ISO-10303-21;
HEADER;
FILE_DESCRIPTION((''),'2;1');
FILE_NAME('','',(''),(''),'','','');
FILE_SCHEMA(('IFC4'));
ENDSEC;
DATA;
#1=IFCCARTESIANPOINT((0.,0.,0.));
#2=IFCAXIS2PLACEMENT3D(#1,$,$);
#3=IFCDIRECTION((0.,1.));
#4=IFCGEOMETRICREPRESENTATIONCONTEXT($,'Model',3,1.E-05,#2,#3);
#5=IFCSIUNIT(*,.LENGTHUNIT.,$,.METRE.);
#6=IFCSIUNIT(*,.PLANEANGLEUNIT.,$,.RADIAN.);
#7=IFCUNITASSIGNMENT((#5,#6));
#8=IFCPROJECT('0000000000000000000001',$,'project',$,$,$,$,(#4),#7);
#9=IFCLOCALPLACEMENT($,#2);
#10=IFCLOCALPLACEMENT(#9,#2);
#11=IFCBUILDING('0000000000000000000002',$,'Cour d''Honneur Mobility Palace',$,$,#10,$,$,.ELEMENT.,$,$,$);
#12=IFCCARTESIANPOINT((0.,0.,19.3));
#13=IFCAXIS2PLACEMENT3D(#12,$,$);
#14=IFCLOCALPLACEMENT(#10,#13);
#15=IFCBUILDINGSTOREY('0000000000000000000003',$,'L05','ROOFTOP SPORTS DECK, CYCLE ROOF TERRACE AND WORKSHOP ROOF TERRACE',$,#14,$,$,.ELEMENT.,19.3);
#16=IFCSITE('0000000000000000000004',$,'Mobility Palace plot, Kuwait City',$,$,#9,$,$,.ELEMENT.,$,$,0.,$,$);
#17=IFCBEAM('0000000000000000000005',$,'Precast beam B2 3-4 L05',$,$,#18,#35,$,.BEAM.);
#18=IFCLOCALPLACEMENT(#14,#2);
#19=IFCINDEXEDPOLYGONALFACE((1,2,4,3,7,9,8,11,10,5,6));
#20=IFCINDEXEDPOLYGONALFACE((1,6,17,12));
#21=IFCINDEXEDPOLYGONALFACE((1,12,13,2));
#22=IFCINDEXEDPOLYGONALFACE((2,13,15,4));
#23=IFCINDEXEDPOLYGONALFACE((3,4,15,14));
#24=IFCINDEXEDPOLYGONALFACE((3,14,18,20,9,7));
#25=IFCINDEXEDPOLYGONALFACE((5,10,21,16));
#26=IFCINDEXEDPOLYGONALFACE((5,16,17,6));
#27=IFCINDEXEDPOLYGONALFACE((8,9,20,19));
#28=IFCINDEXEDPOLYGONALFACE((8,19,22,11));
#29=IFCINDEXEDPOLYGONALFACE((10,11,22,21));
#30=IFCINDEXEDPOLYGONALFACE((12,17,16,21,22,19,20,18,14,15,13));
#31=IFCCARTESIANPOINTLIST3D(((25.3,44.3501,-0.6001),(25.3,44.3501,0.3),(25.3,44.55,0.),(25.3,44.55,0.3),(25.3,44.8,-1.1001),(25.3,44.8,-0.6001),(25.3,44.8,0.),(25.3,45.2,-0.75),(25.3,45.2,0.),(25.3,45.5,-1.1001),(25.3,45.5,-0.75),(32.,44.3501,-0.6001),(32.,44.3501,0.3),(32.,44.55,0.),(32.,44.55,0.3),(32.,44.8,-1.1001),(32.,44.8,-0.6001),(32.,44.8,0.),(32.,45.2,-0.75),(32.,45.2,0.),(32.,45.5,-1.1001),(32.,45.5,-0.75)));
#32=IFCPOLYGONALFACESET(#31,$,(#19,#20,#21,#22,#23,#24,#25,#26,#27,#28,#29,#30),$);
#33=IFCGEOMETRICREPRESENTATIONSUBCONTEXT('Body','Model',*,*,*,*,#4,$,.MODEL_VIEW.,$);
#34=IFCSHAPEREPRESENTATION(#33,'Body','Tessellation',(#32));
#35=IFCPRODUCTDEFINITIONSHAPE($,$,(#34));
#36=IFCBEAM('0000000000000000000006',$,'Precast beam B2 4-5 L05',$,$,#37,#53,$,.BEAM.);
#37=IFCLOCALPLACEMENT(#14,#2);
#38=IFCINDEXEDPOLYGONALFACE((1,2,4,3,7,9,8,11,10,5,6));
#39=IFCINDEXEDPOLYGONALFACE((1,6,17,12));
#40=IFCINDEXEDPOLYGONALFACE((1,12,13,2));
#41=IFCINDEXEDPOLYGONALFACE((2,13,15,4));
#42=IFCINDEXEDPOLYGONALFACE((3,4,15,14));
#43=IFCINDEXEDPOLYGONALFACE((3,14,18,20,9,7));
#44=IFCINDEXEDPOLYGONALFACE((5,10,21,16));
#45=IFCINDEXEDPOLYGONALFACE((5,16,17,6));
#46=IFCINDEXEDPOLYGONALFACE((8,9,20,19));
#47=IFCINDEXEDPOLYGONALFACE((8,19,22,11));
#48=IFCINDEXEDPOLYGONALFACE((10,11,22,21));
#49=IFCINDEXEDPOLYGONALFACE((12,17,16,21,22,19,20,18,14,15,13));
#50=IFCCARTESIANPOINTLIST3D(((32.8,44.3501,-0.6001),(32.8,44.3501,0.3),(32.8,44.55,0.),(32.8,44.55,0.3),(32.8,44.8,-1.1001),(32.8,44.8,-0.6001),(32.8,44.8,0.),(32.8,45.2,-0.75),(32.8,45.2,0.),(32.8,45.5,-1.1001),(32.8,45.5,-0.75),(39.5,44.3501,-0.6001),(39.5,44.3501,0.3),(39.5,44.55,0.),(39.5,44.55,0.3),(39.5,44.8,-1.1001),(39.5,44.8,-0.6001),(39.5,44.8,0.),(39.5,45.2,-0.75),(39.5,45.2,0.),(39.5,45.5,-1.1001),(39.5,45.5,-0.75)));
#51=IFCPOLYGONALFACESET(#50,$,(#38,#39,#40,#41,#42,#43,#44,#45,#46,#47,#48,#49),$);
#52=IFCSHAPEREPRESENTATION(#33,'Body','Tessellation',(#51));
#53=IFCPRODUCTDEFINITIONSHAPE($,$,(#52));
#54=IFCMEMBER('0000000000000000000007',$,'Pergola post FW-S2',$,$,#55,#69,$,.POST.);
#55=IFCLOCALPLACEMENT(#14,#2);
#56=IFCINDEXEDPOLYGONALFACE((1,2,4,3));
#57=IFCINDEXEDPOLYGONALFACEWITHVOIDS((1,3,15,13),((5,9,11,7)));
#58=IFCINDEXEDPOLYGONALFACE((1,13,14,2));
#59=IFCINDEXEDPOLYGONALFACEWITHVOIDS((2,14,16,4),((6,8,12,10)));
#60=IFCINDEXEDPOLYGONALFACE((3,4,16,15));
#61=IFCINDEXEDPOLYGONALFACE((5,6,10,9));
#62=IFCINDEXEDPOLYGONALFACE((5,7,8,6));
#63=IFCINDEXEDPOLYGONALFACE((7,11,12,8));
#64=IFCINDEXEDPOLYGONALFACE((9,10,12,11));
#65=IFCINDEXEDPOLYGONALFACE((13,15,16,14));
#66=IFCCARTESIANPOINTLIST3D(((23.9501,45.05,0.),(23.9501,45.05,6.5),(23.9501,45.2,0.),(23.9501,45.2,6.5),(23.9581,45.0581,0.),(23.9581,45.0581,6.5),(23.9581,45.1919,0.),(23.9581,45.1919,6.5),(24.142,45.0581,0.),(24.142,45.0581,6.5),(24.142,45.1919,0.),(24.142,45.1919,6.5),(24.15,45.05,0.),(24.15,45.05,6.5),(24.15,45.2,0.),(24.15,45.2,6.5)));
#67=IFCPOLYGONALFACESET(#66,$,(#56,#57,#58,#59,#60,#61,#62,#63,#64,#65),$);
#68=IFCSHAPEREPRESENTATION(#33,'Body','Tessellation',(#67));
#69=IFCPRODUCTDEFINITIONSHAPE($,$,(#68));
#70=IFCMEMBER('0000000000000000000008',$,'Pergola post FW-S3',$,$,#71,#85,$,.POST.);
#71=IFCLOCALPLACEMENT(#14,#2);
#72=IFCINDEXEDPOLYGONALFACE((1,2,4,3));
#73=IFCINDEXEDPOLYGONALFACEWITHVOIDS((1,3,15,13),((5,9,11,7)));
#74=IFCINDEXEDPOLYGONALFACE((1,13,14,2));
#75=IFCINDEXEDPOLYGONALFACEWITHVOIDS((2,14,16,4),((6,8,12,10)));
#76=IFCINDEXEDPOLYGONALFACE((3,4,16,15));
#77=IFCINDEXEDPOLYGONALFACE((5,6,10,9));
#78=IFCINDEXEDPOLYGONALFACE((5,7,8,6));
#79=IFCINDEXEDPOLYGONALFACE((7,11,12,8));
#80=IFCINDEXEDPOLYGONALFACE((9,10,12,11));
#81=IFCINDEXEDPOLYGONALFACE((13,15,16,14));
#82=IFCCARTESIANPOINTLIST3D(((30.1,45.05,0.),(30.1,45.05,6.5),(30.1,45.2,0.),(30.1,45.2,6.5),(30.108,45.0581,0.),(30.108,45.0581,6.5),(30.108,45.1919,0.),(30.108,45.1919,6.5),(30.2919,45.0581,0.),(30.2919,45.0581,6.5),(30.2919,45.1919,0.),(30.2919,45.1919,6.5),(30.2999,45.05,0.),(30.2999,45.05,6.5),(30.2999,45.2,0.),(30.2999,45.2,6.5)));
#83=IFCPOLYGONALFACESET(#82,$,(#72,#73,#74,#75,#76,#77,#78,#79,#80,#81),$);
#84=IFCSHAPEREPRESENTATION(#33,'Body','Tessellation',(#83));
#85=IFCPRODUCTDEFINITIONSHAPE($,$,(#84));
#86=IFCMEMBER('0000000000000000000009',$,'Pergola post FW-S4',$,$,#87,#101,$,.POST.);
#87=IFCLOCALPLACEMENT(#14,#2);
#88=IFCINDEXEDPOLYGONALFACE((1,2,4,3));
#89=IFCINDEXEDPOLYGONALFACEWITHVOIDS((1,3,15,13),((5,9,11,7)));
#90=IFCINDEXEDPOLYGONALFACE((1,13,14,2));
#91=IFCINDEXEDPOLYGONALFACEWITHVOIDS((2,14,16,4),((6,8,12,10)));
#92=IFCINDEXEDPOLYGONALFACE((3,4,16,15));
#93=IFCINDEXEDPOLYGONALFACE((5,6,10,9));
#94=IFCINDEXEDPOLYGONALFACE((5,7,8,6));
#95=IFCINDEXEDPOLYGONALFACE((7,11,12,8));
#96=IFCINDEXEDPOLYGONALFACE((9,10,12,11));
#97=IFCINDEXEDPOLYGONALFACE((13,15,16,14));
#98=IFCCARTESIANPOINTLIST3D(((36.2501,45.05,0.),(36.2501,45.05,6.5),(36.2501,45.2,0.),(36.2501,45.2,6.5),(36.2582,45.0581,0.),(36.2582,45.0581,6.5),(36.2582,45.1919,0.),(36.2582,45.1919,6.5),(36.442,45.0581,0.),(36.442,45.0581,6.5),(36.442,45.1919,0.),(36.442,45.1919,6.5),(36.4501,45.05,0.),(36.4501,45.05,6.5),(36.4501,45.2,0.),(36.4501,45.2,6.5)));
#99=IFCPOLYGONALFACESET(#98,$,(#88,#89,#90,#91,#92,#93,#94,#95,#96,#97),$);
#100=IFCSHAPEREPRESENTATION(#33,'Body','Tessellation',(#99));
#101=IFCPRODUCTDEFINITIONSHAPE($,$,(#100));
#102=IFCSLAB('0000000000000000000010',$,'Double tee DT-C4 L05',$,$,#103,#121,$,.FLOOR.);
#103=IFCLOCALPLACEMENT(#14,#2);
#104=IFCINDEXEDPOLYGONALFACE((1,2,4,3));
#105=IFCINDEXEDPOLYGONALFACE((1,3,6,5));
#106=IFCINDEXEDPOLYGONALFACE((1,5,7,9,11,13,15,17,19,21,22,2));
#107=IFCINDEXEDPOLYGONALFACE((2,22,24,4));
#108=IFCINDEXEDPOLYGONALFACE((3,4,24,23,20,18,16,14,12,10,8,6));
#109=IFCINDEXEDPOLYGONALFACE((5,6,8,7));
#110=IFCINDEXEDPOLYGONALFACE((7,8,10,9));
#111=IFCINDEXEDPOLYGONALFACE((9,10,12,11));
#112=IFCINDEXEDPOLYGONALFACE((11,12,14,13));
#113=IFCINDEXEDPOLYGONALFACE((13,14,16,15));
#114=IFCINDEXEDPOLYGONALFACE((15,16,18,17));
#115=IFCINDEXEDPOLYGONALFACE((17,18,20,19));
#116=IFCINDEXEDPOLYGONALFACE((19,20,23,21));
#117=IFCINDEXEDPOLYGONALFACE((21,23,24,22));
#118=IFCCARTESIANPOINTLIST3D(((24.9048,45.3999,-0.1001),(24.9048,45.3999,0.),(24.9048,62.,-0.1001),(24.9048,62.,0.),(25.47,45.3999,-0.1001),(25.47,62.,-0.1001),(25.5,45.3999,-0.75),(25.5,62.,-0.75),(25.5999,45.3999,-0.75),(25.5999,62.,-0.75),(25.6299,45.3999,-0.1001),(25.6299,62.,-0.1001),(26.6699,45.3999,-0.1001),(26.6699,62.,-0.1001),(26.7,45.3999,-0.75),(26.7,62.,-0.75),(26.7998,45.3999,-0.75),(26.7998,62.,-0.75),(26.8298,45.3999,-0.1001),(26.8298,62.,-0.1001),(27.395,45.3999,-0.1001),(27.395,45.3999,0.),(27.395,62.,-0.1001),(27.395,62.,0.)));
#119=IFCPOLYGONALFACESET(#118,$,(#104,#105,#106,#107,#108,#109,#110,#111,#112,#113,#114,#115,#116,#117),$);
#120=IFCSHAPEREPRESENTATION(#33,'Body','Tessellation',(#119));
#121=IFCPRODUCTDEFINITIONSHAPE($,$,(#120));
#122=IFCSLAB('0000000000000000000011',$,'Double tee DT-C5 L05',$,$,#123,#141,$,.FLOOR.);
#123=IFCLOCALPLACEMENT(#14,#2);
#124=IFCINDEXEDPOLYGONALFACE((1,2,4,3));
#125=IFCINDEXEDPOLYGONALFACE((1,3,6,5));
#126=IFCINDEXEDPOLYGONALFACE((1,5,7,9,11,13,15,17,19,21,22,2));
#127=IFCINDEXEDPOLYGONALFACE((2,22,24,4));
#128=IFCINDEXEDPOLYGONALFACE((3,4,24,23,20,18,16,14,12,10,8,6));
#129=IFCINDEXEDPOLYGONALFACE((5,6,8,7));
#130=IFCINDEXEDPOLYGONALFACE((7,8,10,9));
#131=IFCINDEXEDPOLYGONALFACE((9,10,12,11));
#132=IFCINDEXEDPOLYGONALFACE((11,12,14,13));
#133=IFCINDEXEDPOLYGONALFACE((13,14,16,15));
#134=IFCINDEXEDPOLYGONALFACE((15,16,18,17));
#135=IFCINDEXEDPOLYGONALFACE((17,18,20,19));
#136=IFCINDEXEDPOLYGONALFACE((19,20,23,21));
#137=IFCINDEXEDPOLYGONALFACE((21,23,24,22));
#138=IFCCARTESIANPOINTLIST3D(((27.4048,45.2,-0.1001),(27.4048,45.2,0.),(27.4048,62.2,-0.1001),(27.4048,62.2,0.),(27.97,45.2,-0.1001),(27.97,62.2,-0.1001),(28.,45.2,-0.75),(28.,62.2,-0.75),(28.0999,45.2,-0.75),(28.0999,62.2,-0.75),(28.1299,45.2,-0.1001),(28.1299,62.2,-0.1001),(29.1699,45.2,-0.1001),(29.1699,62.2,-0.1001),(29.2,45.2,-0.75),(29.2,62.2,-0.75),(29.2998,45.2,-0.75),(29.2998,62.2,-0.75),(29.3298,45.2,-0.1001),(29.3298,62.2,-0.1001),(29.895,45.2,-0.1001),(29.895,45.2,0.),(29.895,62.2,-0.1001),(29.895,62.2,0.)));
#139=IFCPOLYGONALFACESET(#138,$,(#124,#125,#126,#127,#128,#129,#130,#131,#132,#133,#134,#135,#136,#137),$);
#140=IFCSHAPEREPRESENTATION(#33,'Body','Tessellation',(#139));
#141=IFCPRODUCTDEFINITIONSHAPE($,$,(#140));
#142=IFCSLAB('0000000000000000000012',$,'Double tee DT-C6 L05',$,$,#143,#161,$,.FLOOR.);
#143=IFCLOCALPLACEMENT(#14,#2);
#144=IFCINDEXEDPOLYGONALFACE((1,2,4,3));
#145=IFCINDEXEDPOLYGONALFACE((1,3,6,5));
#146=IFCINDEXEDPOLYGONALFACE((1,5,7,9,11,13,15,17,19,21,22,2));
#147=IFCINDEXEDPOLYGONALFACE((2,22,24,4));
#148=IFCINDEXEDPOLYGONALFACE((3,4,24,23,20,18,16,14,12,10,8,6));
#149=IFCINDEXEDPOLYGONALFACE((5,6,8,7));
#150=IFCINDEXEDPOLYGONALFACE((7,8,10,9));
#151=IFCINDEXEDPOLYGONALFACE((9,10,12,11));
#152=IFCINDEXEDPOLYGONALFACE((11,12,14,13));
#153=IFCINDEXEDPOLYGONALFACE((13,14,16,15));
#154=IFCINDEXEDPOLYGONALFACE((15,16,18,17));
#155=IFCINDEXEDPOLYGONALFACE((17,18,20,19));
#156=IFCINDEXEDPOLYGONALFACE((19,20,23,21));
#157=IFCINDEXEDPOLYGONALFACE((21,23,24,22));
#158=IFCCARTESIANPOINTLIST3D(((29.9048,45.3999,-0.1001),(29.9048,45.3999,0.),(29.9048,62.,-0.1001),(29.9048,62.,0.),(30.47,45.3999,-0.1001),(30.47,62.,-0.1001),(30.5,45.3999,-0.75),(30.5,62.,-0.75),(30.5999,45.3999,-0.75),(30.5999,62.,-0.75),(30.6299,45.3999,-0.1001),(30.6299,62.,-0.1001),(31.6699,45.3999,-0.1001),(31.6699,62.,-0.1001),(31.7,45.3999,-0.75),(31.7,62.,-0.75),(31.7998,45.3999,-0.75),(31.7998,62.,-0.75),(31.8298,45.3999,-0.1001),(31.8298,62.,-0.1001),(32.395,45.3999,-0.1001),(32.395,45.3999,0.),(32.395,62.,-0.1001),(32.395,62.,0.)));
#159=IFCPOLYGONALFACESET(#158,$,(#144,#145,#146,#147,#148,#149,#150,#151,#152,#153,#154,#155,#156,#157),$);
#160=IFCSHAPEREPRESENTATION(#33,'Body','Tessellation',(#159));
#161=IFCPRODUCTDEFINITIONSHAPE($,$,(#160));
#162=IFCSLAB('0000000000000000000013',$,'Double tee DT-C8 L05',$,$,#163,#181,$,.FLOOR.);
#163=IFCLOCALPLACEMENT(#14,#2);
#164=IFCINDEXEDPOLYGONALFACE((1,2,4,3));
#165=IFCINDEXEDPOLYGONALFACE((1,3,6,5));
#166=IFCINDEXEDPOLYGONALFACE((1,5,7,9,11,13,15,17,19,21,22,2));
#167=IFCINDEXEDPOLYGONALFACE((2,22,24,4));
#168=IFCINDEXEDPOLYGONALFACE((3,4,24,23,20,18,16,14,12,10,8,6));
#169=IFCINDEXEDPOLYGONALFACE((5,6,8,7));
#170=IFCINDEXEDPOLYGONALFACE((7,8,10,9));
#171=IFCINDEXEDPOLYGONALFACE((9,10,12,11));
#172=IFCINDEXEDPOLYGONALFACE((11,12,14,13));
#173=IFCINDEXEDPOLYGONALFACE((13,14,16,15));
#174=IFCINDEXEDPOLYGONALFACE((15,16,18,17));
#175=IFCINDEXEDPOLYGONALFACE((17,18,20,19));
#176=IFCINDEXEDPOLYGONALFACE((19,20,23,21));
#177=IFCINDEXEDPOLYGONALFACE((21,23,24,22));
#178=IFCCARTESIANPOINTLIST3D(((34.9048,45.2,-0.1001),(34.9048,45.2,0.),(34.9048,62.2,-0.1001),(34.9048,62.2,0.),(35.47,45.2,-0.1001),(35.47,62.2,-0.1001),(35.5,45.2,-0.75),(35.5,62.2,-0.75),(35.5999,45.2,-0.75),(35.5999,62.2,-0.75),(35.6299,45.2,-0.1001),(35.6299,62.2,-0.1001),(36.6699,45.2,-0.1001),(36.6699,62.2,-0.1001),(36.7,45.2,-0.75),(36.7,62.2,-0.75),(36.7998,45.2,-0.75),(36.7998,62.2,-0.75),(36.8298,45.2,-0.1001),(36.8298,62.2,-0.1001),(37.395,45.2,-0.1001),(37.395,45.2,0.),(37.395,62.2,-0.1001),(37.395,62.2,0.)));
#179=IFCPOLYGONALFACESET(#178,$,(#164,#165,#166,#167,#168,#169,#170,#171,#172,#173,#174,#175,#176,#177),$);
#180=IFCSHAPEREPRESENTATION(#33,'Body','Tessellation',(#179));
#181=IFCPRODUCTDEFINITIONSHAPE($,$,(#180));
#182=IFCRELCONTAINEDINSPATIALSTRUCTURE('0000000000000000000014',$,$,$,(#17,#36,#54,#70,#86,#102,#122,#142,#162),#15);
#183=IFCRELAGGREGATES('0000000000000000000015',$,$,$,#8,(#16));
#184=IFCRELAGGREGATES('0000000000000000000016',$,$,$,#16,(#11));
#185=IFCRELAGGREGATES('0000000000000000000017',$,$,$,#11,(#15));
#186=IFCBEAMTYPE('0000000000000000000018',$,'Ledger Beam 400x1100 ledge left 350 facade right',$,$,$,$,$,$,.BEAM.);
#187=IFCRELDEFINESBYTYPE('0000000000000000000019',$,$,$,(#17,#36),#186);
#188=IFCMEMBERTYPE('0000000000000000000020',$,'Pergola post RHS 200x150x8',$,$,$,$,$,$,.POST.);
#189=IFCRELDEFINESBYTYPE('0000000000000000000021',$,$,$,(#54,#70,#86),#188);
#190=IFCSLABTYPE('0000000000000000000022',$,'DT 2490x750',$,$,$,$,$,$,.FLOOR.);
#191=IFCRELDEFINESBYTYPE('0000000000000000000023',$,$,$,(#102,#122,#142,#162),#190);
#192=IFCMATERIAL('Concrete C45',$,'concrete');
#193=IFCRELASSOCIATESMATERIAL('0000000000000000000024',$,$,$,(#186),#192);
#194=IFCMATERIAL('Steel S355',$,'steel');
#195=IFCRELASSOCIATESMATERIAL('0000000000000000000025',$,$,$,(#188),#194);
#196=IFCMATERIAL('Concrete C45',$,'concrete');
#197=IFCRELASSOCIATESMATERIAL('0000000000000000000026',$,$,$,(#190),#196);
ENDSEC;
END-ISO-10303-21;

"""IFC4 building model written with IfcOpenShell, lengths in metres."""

from ifc_helpers import new_model, si_unit, direction, frame, origin, origin_2d, place, context, subcontext, project, spatial, polyline, hollow_rectangle, outline, extrude, material, material_profile, profile_set, type_object, element, save


model = new_model("IFC4")

# Units and contexts
model_context = context("Model", 3, precision=1e-05, world=origin(), true_north=direction((0.0, 1.0)))
body_context = subcontext(model_context, "Body", "Model", "MODEL_VIEW")
ifc_project = project(units=[si_unit("LENGTHUNIT", "METRE"), si_unit("PLANEANGLEUNIT", "RADIAN")], contexts=[model_context])

# Site, building, storey
site_placement = place(None, origin())
site = spatial("IfcSite", under=ifc_project, at=site_placement, Name="Mobility Palace plot, Kuwait City", CompositionType="ELEMENT", RefElevation=0.0)
building_placement = place(site_placement, origin())
building = spatial("IfcBuilding", under=site, at=building_placement, Name="Cour d'Honneur Mobility Palace", CompositionType="ELEMENT")
storey_placement = place(building_placement, frame((0.0, 0.0, 19.3)))
storey = spatial("IfcBuildingStorey", under=building, at=storey_placement, Name="L05", Description="ROOFTOP SPORTS DECK, CYCLE ROOF TERRACE AND WORKSHOP ROOF TERRACE", CompositionType="ELEMENT", Elevation=19.3)

# Beams
ifc_material_1 = material(Name="Concrete C45", Category="concrete")
ifc_material_profile_1 = material_profile(ifc_material_1, outline(polyline([(0.5, -1.1001), (0.5, -0.75), (0.2, -0.75), (0.2, 0.0), (-0.2, 0.0), (-0.45, 0.0), (-0.45, 0.3), (-0.6499, 0.3), (-0.6499, -0.6001), (-0.2, -0.6001), (-0.2, -1.1001), (0.5, -1.1001)])), Name="Ledger Beam 400x1100 ledge left 350 facade right")
ifc_profile_set_1 = profile_set([ifc_material_profile_1], Name="Concrete C45")
beam_type = type_object("IfcBeamType", Name="Ledger Beam 400x1100 ledge left 350 facade right", PredefinedType="BEAM", material=ifc_profile_set_1)
for number, where, z_axis, x_axis, name in (
    (1, (25.3, 45.0, 0.0), (1.0, 0.0, 0.0), (0.0, 1.0, 0.0), "Precast beam B2 3-4 L05"),
    (2, (32.8, 45.0, 0.0), (1.0, 0.0, 0.0), (0.0, 1.0, 0.0), "Precast beam B2 4-5 L05"),
):
    element("IfcBeam", number, at=place(storey_placement, frame(where, z_axis=z_axis, x_axis=x_axis)), inside=storey, type_object=beam_type, Name=name, PredefinedType="BEAM", context=body_context, shape_type="SweptSolid", body=[
        extrude(outline(polyline([(0.5, -1.1001), (0.5, -0.75), (0.2, -0.75), (0.2, 0.0), (-0.2, 0.0), (-0.45, 0.0), (-0.45, 0.3), (-0.6499, 0.3), (-0.6499, -0.6001), (-0.2, -0.6001), (-0.2, -1.1001), (0.5, -1.1001)])), origin(), (0.0, 0.0, 1.0), 6.7),
    ])

# Members
ifc_material_2 = material(Name="Steel S355", Category="steel")
ifc_material_profile_2 = material_profile(ifc_material_2, hollow_rectangle(XDim=0.1499, YDim=0.2, WallThickness=0.0081, at=origin_2d()), Name="RHS 200x150x8")
ifc_profile_set_2 = profile_set([ifc_material_profile_2], Name="Steel S355")
member_type = type_object("IfcMemberType", Name="Pergola post RHS 200x150x8", PredefinedType="POST", material=ifc_profile_set_2)
for number, where, z_axis, x_axis, name in (
    (3, (24.05, 45.125, 0.0), (0.0, 0.0, 1.0), (0.0, 1.0, 0.0), "Pergola post FW-S2"),
    (4, (30.2, 45.125, 0.0), (0.0, 0.0, 1.0), (0.0, 1.0, 0.0), "Pergola post FW-S3"),
    (5, (36.3501, 45.125, 0.0), (0.0, 0.0, 1.0), (0.0, 1.0, 0.0), "Pergola post FW-S4"),
):
    element("IfcMember", number, at=place(storey_placement, frame(where, z_axis=z_axis, x_axis=x_axis)), inside=storey, type_object=member_type, Name=name, PredefinedType="POST", context=body_context, shape_type="SweptSolid", body=[
        extrude(hollow_rectangle(XDim=0.1499, YDim=0.2, WallThickness=0.0081, at=origin_2d()), origin(), (0.0, 0.0, 1.0), 6.5),
    ])

# Slabs
ifc_material_3 = material(Name="Concrete C45", Category="concrete")
ifc_material_profile_3 = material_profile(ifc_material_3, outline(polyline([(-1.2451, 0.0), (1.2451, 0.0), (1.2451, -0.1001), (0.6799, -0.1001), (0.6499, -0.75), (0.55, -0.75), (0.52, -0.1001), (-0.52, -0.1001), (-0.55, -0.75), (-0.6499, -0.75), (-0.6799, -0.1001), (-1.2451, -0.1001), (-1.2451, 0.0)])), Name="DT 2490x750")
ifc_profile_set_3 = profile_set([ifc_material_profile_3], Name="Concrete C45")
slab_type = type_object("IfcSlabType", Name="DT 2490x750", PredefinedType="FLOOR", material=ifc_profile_set_3)
slab_1_placement = place(storey_placement, frame((26.1499, 45.3999, 0.0), z_axis=(0.0, 1.0, 0.0), x_axis=(-1.0, 0.0, 0.0)))
element("IfcSlab", 6, at=slab_1_placement, inside=storey, type_object=slab_type, Name="Double tee DT-C4 L05", PredefinedType="FLOOR", context=body_context, shape_type="SweptSolid", body=[
    extrude(outline(polyline([(-1.2451, 0.0), (1.2451, 0.0), (1.2451, -0.1001), (0.6799, -0.1001), (0.6499, -0.75), (0.55, -0.75), (0.52, -0.1001), (-0.52, -0.1001), (-0.55, -0.75), (-0.6499, -0.75), (-0.6799, -0.1001), (-1.2451, -0.1001), (-1.2451, 0.0)])), origin(), (0.0, 0.0, 1.0), 16.6001),
])
slab_2_placement = place(storey_placement, frame((28.6499, 45.2, 0.0), z_axis=(0.0, 1.0, 0.0), x_axis=(-1.0, 0.0, 0.0)))
element("IfcSlab", 7, at=slab_2_placement, inside=storey, type_object=slab_type, Name="Double tee DT-C5 L05", PredefinedType="FLOOR", context=body_context, shape_type="SweptSolid", body=[
    extrude(outline(polyline([(-1.2451, 0.0), (1.2451, 0.0), (1.2451, -0.1001), (0.6799, -0.1001), (0.6499, -0.75), (0.55, -0.75), (0.52, -0.1001), (-0.52, -0.1001), (-0.55, -0.75), (-0.6499, -0.75), (-0.6799, -0.1001), (-1.2451, -0.1001), (-1.2451, 0.0)])), origin(), (0.0, 0.0, 1.0), 17.0),
])
slab_3_placement = place(storey_placement, frame((31.1499, 45.3999, 0.0), z_axis=(0.0, 1.0, 0.0), x_axis=(-1.0, 0.0, 0.0)))
element("IfcSlab", 8, at=slab_3_placement, inside=storey, type_object=slab_type, Name="Double tee DT-C6 L05", PredefinedType="FLOOR", context=body_context, shape_type="SweptSolid", body=[
    extrude(outline(polyline([(-1.2451, 0.0), (1.2451, 0.0), (1.2451, -0.1001), (0.6799, -0.1001), (0.6499, -0.75), (0.55, -0.75), (0.52, -0.1001), (-0.52, -0.1001), (-0.55, -0.75), (-0.6499, -0.75), (-0.6799, -0.1001), (-1.2451, -0.1001), (-1.2451, 0.0)])), origin(), (0.0, 0.0, 1.0), 16.6001),
])
slab_4_placement = place(storey_placement, frame((36.1499, 45.2, 0.0), z_axis=(0.0, 1.0, 0.0), x_axis=(-1.0, 0.0, 0.0)))
element("IfcSlab", 9, at=slab_4_placement, inside=storey, type_object=slab_type, Name="Double tee DT-C8 L05", PredefinedType="FLOOR", context=body_context, shape_type="SweptSolid", body=[
    extrude(outline(polyline([(-1.2451, 0.0), (1.2451, 0.0), (1.2451, -0.1001), (0.6799, -0.1001), (0.6499, -0.75), (0.55, -0.75), (0.52, -0.1001), (-0.52, -0.1001), (-0.55, -0.75), (-0.6499, -0.75), (-0.6799, -0.1001), (-1.2451, -0.1001), (-1.2451, 0.0)])), origin(), (0.0, 0.0, 1.0), 17.0),
])

save(model, "model.ifc")
